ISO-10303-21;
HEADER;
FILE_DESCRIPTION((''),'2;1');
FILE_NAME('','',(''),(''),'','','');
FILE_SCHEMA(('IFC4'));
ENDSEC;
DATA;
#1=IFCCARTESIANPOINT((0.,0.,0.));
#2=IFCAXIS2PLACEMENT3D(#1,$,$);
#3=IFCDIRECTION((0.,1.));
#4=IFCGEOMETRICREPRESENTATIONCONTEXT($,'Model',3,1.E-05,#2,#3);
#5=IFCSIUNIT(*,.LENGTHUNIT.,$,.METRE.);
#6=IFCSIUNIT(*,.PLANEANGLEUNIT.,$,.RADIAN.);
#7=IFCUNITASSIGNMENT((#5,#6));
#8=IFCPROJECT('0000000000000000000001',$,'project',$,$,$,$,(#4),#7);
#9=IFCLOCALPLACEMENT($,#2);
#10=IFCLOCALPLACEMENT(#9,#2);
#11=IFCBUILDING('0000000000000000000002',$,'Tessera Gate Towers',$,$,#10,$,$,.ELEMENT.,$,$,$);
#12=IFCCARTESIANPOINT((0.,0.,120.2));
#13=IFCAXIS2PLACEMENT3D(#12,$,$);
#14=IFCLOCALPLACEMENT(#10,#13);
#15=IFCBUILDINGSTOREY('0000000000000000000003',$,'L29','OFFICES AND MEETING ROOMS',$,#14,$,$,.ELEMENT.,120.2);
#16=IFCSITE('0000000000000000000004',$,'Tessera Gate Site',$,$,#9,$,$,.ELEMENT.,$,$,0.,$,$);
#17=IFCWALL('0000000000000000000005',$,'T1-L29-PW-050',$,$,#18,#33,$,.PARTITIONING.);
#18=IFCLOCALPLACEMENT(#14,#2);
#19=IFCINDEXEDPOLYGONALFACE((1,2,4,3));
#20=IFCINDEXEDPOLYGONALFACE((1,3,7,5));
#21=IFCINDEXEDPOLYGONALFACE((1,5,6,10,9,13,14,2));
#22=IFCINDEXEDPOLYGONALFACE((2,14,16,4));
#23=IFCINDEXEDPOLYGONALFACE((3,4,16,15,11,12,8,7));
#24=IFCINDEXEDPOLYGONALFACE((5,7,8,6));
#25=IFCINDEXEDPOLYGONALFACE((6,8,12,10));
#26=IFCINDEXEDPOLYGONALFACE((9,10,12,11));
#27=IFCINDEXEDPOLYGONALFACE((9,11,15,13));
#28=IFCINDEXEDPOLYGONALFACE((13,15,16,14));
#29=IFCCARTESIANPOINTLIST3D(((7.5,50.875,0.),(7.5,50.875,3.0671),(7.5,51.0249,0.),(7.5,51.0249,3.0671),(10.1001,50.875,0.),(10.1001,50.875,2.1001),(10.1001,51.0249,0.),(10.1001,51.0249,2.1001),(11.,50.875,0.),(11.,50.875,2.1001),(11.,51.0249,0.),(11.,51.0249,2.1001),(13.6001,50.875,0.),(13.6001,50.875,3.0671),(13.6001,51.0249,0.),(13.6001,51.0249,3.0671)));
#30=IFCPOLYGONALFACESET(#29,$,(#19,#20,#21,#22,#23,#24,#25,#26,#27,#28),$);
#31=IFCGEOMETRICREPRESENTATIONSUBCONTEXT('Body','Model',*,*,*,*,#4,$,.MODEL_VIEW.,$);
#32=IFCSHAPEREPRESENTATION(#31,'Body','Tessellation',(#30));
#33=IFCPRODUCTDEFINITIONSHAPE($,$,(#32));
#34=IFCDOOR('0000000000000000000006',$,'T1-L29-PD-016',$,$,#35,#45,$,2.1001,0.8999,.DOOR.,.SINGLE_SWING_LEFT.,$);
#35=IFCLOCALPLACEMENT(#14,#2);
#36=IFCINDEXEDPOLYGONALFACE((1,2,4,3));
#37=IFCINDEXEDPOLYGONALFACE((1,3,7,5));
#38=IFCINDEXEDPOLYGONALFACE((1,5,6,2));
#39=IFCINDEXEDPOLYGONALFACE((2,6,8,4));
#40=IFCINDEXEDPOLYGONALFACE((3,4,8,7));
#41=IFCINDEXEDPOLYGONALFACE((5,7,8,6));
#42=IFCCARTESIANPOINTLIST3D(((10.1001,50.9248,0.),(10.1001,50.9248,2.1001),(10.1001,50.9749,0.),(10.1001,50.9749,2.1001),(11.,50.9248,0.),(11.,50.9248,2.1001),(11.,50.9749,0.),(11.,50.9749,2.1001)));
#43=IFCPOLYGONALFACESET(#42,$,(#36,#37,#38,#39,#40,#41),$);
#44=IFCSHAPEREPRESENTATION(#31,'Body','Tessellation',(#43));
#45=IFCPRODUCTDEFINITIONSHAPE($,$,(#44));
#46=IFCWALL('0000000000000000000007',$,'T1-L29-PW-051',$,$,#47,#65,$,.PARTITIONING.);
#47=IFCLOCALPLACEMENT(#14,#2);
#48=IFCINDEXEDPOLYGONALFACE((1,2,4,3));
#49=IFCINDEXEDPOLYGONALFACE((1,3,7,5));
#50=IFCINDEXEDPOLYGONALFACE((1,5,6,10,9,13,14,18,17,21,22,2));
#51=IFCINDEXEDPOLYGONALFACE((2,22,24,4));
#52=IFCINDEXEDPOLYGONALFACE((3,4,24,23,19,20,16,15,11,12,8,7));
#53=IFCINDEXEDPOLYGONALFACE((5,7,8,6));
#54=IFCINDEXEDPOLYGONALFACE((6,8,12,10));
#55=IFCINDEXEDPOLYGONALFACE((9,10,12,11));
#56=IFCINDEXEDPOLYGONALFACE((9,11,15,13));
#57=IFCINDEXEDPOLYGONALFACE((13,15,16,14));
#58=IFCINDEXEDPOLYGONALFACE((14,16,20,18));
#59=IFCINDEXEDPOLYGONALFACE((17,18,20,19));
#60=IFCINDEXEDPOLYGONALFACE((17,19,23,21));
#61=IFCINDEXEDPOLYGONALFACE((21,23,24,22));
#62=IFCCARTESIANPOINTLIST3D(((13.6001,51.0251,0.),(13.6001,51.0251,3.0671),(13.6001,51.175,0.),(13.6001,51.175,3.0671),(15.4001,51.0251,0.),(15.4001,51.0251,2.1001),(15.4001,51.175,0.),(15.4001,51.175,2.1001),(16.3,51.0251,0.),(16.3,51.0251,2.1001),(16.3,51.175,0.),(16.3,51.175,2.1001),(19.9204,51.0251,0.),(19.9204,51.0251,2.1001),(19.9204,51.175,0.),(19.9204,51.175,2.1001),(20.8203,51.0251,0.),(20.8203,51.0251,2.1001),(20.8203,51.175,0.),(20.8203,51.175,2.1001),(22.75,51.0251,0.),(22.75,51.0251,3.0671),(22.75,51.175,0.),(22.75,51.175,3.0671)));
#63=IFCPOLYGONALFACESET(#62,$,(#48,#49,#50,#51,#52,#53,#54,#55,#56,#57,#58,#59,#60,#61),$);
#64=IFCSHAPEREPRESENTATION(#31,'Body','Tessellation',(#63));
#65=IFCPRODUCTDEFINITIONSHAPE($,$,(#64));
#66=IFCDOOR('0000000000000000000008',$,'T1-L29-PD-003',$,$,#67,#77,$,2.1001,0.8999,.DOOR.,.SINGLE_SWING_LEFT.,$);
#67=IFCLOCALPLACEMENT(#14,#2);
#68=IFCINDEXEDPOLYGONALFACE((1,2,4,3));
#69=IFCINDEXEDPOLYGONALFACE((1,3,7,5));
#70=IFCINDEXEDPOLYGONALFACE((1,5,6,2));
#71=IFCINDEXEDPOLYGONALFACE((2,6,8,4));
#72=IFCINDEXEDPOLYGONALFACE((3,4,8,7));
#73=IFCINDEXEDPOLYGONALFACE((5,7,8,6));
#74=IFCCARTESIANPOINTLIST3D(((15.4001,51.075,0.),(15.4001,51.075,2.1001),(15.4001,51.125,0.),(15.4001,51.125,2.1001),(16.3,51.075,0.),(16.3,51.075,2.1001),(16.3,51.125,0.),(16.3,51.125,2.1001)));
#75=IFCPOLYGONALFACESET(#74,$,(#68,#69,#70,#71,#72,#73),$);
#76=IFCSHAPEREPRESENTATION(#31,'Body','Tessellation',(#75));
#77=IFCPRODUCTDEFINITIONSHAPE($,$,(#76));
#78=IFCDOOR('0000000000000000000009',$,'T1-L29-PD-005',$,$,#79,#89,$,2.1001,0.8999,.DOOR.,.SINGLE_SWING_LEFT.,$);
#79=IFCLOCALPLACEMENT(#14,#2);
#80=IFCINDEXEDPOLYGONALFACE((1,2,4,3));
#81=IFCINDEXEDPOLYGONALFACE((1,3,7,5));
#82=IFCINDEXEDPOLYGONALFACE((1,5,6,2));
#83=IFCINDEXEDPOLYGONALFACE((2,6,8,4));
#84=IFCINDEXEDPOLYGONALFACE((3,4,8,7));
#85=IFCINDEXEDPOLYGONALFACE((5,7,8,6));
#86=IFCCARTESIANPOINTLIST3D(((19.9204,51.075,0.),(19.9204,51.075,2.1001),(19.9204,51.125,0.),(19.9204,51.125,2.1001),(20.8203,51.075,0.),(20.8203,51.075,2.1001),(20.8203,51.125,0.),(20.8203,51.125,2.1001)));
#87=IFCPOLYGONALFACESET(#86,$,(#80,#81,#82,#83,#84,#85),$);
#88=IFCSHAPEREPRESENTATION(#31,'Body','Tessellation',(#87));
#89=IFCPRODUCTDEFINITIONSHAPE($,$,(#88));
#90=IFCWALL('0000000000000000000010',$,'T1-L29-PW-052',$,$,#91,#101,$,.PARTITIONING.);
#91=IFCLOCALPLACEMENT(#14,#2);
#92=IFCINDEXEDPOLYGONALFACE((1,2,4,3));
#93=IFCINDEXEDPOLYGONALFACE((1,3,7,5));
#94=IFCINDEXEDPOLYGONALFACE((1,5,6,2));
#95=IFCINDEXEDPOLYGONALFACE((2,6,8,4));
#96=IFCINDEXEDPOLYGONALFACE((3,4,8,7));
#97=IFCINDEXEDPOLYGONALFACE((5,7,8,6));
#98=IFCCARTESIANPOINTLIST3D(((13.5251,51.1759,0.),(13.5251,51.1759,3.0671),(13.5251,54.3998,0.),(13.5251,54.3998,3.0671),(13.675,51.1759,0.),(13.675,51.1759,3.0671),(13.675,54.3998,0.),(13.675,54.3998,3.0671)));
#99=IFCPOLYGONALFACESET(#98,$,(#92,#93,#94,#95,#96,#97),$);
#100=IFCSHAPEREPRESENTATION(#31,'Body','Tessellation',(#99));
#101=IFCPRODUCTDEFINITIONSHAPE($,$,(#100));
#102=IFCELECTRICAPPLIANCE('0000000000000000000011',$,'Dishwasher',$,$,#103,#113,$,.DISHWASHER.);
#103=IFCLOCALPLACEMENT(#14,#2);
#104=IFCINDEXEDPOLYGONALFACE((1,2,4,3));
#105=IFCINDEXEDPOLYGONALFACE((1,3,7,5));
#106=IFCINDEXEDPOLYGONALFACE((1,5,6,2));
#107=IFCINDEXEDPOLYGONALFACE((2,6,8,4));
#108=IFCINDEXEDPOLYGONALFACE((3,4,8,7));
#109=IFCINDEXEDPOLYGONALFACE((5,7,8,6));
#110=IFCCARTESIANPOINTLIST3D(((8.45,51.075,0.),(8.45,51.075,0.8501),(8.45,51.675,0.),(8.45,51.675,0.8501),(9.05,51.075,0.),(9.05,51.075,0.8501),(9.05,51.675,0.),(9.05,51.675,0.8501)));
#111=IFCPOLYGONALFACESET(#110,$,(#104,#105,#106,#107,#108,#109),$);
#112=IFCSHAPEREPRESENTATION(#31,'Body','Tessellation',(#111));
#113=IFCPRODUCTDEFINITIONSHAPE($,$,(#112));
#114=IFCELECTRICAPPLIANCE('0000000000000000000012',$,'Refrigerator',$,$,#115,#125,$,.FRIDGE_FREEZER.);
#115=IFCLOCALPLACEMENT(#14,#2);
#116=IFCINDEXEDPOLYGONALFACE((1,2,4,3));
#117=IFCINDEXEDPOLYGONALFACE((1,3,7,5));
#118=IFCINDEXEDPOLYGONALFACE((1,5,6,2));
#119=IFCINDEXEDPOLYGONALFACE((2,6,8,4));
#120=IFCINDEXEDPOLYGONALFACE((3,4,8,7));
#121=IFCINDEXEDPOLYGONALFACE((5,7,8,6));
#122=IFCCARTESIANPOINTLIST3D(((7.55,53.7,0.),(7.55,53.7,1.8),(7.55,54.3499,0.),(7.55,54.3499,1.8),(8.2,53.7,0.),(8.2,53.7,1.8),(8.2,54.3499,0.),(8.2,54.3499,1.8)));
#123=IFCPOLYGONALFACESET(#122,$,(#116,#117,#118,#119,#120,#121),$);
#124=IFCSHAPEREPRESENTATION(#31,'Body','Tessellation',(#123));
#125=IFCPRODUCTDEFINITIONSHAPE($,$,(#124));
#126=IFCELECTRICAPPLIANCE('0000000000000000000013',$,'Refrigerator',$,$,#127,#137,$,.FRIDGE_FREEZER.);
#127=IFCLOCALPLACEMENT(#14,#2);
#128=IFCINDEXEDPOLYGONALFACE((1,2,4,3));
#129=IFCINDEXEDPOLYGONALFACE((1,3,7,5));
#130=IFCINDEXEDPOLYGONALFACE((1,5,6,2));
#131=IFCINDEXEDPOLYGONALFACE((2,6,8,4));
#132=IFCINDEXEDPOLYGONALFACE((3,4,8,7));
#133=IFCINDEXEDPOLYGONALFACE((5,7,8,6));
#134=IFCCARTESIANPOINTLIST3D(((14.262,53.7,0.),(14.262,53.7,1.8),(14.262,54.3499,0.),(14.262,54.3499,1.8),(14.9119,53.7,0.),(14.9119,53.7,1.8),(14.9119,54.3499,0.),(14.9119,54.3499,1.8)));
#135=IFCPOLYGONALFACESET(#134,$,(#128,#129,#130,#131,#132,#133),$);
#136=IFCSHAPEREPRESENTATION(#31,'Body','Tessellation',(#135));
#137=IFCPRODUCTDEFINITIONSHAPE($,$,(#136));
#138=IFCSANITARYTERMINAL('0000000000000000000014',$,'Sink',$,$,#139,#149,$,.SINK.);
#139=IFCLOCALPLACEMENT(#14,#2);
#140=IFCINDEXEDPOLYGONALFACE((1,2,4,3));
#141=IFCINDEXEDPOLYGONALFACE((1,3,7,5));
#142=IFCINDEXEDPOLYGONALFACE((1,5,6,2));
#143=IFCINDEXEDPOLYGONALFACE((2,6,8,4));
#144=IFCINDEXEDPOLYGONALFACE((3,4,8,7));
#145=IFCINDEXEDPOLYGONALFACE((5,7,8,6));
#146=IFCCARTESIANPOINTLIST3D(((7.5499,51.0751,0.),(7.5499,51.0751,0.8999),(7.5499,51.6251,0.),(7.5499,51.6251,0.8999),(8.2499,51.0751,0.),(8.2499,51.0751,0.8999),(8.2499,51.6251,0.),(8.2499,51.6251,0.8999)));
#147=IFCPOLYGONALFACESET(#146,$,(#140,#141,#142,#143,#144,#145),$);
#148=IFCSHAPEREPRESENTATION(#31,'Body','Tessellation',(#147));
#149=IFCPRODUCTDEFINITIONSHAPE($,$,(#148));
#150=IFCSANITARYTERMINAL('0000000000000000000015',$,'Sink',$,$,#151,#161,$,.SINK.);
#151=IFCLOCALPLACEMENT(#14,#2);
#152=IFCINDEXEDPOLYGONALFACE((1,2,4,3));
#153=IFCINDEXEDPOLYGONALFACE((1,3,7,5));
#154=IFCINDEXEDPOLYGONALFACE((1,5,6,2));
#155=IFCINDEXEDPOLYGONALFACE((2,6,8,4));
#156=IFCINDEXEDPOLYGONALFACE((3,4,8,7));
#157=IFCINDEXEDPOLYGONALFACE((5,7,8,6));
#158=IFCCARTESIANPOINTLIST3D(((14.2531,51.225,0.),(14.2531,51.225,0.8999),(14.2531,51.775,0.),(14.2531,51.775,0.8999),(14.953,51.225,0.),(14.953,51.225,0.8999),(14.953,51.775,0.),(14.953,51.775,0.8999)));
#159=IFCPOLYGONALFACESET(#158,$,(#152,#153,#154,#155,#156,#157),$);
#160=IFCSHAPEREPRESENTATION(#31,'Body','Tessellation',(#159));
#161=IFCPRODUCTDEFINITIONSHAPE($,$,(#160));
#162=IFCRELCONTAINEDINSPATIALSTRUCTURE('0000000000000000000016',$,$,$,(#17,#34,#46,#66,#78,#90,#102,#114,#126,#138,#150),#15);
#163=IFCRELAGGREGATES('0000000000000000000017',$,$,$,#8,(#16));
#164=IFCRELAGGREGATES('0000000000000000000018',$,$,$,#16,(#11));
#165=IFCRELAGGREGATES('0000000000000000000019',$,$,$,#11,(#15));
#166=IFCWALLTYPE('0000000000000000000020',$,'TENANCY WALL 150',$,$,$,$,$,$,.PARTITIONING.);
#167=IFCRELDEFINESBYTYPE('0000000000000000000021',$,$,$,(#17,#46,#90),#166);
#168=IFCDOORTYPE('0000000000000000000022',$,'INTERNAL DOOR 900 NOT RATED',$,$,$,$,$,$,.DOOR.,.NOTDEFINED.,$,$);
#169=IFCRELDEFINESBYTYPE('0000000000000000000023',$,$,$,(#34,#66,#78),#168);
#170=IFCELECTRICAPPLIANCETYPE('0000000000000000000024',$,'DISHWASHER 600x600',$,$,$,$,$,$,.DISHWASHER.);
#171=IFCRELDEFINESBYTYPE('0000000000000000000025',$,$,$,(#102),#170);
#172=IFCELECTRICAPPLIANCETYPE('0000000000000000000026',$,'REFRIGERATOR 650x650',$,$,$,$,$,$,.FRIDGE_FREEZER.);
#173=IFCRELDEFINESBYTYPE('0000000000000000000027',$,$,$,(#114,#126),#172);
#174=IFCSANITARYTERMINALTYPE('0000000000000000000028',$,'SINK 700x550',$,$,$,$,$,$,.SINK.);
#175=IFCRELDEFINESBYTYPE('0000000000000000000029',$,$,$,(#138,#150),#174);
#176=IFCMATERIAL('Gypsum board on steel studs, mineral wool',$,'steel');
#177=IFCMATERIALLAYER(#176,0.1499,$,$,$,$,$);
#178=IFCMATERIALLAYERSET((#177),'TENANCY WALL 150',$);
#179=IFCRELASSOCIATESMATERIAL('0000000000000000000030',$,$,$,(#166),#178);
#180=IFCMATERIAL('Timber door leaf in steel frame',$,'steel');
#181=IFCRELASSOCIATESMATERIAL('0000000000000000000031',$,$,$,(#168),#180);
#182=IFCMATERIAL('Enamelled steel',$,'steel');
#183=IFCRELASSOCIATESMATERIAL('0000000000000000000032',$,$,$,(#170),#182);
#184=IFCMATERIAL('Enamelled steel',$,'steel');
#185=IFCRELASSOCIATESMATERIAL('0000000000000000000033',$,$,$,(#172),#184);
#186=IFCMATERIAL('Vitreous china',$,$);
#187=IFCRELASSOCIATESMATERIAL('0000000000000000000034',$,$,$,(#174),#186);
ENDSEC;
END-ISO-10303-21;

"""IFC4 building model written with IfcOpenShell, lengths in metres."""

from ifc_helpers import new_model, si_unit, direction, frame, frame_2d, origin, origin_2d, place, context, subcontext, project, spatial, rectangle, extrude, source, transform, mapped, material, layer, layer_set, type_object, element, fill, save


model = new_model("IFC4")

# Units and contexts
model_context = context("Model", 3, precision=1e-05, world=origin(), true_north=direction((0.0, 1.0)))
body_context = subcontext(model_context, "Body", "Model", "MODEL_VIEW")
ifc_project = project(units=[si_unit("LENGTHUNIT", "METRE"), si_unit("PLANEANGLEUNIT", "RADIAN")], contexts=[model_context])

# Site, building, storey
site_placement = place(None, origin())
site = spatial("IfcSite", under=ifc_project, at=site_placement, Name="Tessera Gate Site", CompositionType="ELEMENT", RefElevation=0.0)
building_placement = place(site_placement, origin())
building = spatial("IfcBuilding", under=site, at=building_placement, Name="Tessera Gate Towers", CompositionType="ELEMENT")
storey_placement = place(building_placement, frame((0.0, 0.0, 120.2)))
storey = spatial("IfcBuildingStorey", under=building, at=storey_placement, Name="L29", Description="OFFICES AND MEETING ROOMS", CompositionType="ELEMENT", Elevation=120.2)

# Wall, opening, door
ifc_material_1 = material(Name="Gypsum board on steel studs, mineral wool", Category="steel")
ifc_layer_1 = layer(ifc_material_1, 0.1499)
ifc_layer_set_1 = layer_set([ifc_layer_1], Name="TENANCY WALL 150")
wall_type_1 = type_object("IfcWallType", Name="TENANCY WALL 150", PredefinedType="PARTITIONING", material=ifc_layer_set_1)
wall_1_placement = place(storey_placement, frame((7.5, 50.95, 0.0), z_axis=(0.0, 0.0, 1.0), x_axis=(1.0, 0.0, 0.0)))
wall_1 = element("IfcWall", 1, at=wall_1_placement, inside=storey, type_object=wall_type_1, Name="T1-L29-PW-050", PredefinedType="PARTITIONING", context=body_context, shape_type="SweptSolid", body=[
    extrude(rectangle(XDim=6.1001, YDim=0.1499, at=frame_2d((3.05, 0.0))), origin(), (0.0, 0.0, 1.0), 3.0671),
])
shared_shape_1 = source(origin(), body_context, "Body", "SweptSolid", [
    extrude(rectangle(XDim=0.8999, YDim=2.1001, at=frame_2d((0.45, 1.05))), frame((0.0, 0.085, 0.0), z_axis=(0.0, -1.0, 0.0), x_axis=(1.0, 0.0, 0.0)), (0.0, 0.0, 1.0), 0.1699),
])
opening_1_placement = place(wall_1_placement, frame((2.6001, 0.0, 0.0)))
opening_1 = element("IfcOpeningElement", 2, at=opening_1_placement, cuts=wall_1, PredefinedType="OPENING", context=body_context, shape_type="MappedRepresentation", body=[
    mapped(shared_shape_1, transform((0.0, 0.0, 0.0), scale=1.0)),
])
ifc_material_2 = material(Name="Timber door leaf in steel frame", Category="steel")
door_type = type_object("IfcDoorType", Name="INTERNAL DOOR 900 NOT RATED", OperationType="NOTDEFINED", PredefinedType="DOOR", material=ifc_material_2)
shared_shape_2 = source(origin(), body_context, "Body", "SweptSolid", [
    extrude(rectangle(XDim=0.8999, YDim=2.1001, at=frame_2d((0.45, 1.05))), frame((0.0, 0.0249, 0.0), z_axis=(0.0, -1.0, 0.0), x_axis=(1.0, 0.0, 0.0)), (0.0, 0.0, 1.0), 0.05),
])
door_1_placement = place(opening_1_placement, origin())
door_1 = element("IfcDoor", 3, at=door_1_placement, inside=storey, type_object=door_type, Name="T1-L29-PD-016", OperationType="SINGLE_SWING_LEFT", OverallHeight=2.1001, OverallWidth=0.8999, PredefinedType="DOOR", context=body_context, shape_type="MappedRepresentation", body=[
    mapped(shared_shape_2, transform((0.0, 0.0, 0.0), scale=1.0)),
])
fill(opening_1, door_1)

# Wall, openings, doors
wall_2_placement = place(storey_placement, frame((13.6001, 51.1001, 0.0), z_axis=(0.0, 0.0, 1.0), x_axis=(1.0, 0.0, 0.0)))
wall_2 = element("IfcWall", 4, at=wall_2_placement, inside=storey, type_object=wall_type_1, Name="T1-L29-PW-051", PredefinedType="PARTITIONING", context=body_context, shape_type="SweptSolid", body=[
    extrude(rectangle(XDim=9.1499, YDim=0.1499, at=frame_2d((4.575, 0.0))), origin(), (0.0, 0.0, 1.0), 3.0671),
])
opening_2_placement = place(wall_2_placement, frame((1.8, 0.0, 0.0)))
opening_2 = element("IfcOpeningElement", 5, at=opening_2_placement, cuts=wall_2, PredefinedType="OPENING", context=body_context, shape_type="MappedRepresentation", body=[
    mapped(shared_shape_1, transform((0.0, 0.0, 0.0), scale=1.0)),
])
opening_3_placement = place(wall_2_placement, frame((6.3203, 0.0, 0.0)))
opening_3 = element("IfcOpeningElement", 6, at=opening_3_placement, cuts=wall_2, PredefinedType="OPENING", context=body_context, shape_type="MappedRepresentation", body=[
    mapped(shared_shape_1, transform((0.0, 0.0, 0.0), scale=1.0)),
])
door_2_placement = place(opening_2_placement, origin())
door_2 = element("IfcDoor", 7, at=door_2_placement, inside=storey, type_object=door_type, Name="T1-L29-PD-003", OperationType="SINGLE_SWING_LEFT", OverallHeight=2.1001, OverallWidth=0.8999, PredefinedType="DOOR", context=body_context, shape_type="MappedRepresentation", body=[
    mapped(shared_shape_2, transform((0.0, 0.0, 0.0), scale=1.0)),
])
fill(opening_2, door_2)
door_3_placement = place(opening_3_placement, origin())
door_3 = element("IfcDoor", 8, at=door_3_placement, inside=storey, type_object=door_type, Name="T1-L29-PD-005", OperationType="SINGLE_SWING_LEFT", OverallHeight=2.1001, OverallWidth=0.8999, PredefinedType="DOOR", context=body_context, shape_type="MappedRepresentation", body=[
    mapped(shared_shape_2, transform((0.0, 0.0, 0.0), scale=1.0)),
])
fill(opening_3, door_3)

# Wall
wall_3_placement = place(storey_placement, frame((13.6001, 51.176, 0.0), z_axis=(0.0, 0.0, 1.0), x_axis=(0.0, 1.0, 0.0)))
element("IfcWall", 9, at=wall_3_placement, inside=storey, type_object=wall_type_1, Name="T1-L29-PW-052", PredefinedType="PARTITIONING", context=body_context, shape_type="SweptSolid", body=[
    extrude(rectangle(XDim=3.2239, YDim=0.1499, at=frame_2d((1.6118, 0.0))), origin(), (0.0, 0.0, 1.0), 3.0671),
])

# Electric appliances
ifc_material_3 = material(Name="Enamelled steel", Category="steel")
electric_appliance_type_1 = type_object("IfcElectricApplianceType", Name="DISHWASHER 600x600", PredefinedType="DISHWASHER", material=ifc_material_3)
electric_appliance_placement = place(storey_placement, frame((8.75, 51.375, 0.0), z_axis=(0.0, 0.0, 1.0), x_axis=(1.0, 0.0, 0.0)))
element("IfcElectricAppliance", 10, at=electric_appliance_placement, inside=storey, type_object=electric_appliance_type_1, Name="Dishwasher", PredefinedType="DISHWASHER", context=body_context, shape_type="SweptSolid", body=[
    extrude(rectangle(XDim=0.6001, YDim=0.6001, at=origin_2d()), origin(), (0.0, 0.0, 1.0), 0.8501),
])
ifc_material_4 = material(Name="Enamelled steel", Category="steel")
electric_appliance_type_2 = type_object("IfcElectricApplianceType", Name="REFRIGERATOR 650x650", PredefinedType="FRIDGE_FREEZER", material=ifc_material_4)
for number, where, z_axis, x_axis, name in (
    (11, (7.875, 54.0249, 0.0), (0.0, 0.0, 1.0), (1.0, 0.0, 0.0), "Refrigerator"),
    (12, (14.5869, 54.0249, 0.0), (0.0, 0.0, 1.0), (1.0, 0.0, 0.0), "Refrigerator"),
):
    element("IfcElectricAppliance", number, at=place(storey_placement, frame(where, z_axis=z_axis, x_axis=x_axis)), inside=storey, type_object=electric_appliance_type_2, Name=name, PredefinedType="FRIDGE_FREEZER", context=body_context, shape_type="SweptSolid", body=[
        extrude(rectangle(XDim=0.6499, YDim=0.6499, at=origin_2d()), origin(), (0.0, 0.0, 1.0), 1.8),
    ])

# Sanitary terminals
ifc_material_5 = material(Name="Vitreous china")
sanitary_terminal_type = type_object("IfcSanitaryTerminalType", Name="SINK 700x550", PredefinedType="SINK", material=ifc_material_5)
for number, where, z_axis, x_axis, name in (
    (13, (7.8999, 51.3501, 0.0), (0.0, 0.0, 1.0), (1.0, 0.0, 0.0), "Sink"),
    (14, (14.603, 51.5, 0.0), (0.0, 0.0, 1.0), (1.0, 0.0, 0.0), "Sink"),
):
    element("IfcSanitaryTerminal", number, at=place(storey_placement, frame(where, z_axis=z_axis, x_axis=x_axis)), inside=storey, type_object=sanitary_terminal_type, Name=name, PredefinedType="SINK", context=body_context, shape_type="SweptSolid", body=[
        extrude(rectangle(XDim=0.7, YDim=0.55, at=origin_2d()), origin(), (0.0, 0.0, 1.0), 0.8999),
    ])

save(model, "model.ifc")
